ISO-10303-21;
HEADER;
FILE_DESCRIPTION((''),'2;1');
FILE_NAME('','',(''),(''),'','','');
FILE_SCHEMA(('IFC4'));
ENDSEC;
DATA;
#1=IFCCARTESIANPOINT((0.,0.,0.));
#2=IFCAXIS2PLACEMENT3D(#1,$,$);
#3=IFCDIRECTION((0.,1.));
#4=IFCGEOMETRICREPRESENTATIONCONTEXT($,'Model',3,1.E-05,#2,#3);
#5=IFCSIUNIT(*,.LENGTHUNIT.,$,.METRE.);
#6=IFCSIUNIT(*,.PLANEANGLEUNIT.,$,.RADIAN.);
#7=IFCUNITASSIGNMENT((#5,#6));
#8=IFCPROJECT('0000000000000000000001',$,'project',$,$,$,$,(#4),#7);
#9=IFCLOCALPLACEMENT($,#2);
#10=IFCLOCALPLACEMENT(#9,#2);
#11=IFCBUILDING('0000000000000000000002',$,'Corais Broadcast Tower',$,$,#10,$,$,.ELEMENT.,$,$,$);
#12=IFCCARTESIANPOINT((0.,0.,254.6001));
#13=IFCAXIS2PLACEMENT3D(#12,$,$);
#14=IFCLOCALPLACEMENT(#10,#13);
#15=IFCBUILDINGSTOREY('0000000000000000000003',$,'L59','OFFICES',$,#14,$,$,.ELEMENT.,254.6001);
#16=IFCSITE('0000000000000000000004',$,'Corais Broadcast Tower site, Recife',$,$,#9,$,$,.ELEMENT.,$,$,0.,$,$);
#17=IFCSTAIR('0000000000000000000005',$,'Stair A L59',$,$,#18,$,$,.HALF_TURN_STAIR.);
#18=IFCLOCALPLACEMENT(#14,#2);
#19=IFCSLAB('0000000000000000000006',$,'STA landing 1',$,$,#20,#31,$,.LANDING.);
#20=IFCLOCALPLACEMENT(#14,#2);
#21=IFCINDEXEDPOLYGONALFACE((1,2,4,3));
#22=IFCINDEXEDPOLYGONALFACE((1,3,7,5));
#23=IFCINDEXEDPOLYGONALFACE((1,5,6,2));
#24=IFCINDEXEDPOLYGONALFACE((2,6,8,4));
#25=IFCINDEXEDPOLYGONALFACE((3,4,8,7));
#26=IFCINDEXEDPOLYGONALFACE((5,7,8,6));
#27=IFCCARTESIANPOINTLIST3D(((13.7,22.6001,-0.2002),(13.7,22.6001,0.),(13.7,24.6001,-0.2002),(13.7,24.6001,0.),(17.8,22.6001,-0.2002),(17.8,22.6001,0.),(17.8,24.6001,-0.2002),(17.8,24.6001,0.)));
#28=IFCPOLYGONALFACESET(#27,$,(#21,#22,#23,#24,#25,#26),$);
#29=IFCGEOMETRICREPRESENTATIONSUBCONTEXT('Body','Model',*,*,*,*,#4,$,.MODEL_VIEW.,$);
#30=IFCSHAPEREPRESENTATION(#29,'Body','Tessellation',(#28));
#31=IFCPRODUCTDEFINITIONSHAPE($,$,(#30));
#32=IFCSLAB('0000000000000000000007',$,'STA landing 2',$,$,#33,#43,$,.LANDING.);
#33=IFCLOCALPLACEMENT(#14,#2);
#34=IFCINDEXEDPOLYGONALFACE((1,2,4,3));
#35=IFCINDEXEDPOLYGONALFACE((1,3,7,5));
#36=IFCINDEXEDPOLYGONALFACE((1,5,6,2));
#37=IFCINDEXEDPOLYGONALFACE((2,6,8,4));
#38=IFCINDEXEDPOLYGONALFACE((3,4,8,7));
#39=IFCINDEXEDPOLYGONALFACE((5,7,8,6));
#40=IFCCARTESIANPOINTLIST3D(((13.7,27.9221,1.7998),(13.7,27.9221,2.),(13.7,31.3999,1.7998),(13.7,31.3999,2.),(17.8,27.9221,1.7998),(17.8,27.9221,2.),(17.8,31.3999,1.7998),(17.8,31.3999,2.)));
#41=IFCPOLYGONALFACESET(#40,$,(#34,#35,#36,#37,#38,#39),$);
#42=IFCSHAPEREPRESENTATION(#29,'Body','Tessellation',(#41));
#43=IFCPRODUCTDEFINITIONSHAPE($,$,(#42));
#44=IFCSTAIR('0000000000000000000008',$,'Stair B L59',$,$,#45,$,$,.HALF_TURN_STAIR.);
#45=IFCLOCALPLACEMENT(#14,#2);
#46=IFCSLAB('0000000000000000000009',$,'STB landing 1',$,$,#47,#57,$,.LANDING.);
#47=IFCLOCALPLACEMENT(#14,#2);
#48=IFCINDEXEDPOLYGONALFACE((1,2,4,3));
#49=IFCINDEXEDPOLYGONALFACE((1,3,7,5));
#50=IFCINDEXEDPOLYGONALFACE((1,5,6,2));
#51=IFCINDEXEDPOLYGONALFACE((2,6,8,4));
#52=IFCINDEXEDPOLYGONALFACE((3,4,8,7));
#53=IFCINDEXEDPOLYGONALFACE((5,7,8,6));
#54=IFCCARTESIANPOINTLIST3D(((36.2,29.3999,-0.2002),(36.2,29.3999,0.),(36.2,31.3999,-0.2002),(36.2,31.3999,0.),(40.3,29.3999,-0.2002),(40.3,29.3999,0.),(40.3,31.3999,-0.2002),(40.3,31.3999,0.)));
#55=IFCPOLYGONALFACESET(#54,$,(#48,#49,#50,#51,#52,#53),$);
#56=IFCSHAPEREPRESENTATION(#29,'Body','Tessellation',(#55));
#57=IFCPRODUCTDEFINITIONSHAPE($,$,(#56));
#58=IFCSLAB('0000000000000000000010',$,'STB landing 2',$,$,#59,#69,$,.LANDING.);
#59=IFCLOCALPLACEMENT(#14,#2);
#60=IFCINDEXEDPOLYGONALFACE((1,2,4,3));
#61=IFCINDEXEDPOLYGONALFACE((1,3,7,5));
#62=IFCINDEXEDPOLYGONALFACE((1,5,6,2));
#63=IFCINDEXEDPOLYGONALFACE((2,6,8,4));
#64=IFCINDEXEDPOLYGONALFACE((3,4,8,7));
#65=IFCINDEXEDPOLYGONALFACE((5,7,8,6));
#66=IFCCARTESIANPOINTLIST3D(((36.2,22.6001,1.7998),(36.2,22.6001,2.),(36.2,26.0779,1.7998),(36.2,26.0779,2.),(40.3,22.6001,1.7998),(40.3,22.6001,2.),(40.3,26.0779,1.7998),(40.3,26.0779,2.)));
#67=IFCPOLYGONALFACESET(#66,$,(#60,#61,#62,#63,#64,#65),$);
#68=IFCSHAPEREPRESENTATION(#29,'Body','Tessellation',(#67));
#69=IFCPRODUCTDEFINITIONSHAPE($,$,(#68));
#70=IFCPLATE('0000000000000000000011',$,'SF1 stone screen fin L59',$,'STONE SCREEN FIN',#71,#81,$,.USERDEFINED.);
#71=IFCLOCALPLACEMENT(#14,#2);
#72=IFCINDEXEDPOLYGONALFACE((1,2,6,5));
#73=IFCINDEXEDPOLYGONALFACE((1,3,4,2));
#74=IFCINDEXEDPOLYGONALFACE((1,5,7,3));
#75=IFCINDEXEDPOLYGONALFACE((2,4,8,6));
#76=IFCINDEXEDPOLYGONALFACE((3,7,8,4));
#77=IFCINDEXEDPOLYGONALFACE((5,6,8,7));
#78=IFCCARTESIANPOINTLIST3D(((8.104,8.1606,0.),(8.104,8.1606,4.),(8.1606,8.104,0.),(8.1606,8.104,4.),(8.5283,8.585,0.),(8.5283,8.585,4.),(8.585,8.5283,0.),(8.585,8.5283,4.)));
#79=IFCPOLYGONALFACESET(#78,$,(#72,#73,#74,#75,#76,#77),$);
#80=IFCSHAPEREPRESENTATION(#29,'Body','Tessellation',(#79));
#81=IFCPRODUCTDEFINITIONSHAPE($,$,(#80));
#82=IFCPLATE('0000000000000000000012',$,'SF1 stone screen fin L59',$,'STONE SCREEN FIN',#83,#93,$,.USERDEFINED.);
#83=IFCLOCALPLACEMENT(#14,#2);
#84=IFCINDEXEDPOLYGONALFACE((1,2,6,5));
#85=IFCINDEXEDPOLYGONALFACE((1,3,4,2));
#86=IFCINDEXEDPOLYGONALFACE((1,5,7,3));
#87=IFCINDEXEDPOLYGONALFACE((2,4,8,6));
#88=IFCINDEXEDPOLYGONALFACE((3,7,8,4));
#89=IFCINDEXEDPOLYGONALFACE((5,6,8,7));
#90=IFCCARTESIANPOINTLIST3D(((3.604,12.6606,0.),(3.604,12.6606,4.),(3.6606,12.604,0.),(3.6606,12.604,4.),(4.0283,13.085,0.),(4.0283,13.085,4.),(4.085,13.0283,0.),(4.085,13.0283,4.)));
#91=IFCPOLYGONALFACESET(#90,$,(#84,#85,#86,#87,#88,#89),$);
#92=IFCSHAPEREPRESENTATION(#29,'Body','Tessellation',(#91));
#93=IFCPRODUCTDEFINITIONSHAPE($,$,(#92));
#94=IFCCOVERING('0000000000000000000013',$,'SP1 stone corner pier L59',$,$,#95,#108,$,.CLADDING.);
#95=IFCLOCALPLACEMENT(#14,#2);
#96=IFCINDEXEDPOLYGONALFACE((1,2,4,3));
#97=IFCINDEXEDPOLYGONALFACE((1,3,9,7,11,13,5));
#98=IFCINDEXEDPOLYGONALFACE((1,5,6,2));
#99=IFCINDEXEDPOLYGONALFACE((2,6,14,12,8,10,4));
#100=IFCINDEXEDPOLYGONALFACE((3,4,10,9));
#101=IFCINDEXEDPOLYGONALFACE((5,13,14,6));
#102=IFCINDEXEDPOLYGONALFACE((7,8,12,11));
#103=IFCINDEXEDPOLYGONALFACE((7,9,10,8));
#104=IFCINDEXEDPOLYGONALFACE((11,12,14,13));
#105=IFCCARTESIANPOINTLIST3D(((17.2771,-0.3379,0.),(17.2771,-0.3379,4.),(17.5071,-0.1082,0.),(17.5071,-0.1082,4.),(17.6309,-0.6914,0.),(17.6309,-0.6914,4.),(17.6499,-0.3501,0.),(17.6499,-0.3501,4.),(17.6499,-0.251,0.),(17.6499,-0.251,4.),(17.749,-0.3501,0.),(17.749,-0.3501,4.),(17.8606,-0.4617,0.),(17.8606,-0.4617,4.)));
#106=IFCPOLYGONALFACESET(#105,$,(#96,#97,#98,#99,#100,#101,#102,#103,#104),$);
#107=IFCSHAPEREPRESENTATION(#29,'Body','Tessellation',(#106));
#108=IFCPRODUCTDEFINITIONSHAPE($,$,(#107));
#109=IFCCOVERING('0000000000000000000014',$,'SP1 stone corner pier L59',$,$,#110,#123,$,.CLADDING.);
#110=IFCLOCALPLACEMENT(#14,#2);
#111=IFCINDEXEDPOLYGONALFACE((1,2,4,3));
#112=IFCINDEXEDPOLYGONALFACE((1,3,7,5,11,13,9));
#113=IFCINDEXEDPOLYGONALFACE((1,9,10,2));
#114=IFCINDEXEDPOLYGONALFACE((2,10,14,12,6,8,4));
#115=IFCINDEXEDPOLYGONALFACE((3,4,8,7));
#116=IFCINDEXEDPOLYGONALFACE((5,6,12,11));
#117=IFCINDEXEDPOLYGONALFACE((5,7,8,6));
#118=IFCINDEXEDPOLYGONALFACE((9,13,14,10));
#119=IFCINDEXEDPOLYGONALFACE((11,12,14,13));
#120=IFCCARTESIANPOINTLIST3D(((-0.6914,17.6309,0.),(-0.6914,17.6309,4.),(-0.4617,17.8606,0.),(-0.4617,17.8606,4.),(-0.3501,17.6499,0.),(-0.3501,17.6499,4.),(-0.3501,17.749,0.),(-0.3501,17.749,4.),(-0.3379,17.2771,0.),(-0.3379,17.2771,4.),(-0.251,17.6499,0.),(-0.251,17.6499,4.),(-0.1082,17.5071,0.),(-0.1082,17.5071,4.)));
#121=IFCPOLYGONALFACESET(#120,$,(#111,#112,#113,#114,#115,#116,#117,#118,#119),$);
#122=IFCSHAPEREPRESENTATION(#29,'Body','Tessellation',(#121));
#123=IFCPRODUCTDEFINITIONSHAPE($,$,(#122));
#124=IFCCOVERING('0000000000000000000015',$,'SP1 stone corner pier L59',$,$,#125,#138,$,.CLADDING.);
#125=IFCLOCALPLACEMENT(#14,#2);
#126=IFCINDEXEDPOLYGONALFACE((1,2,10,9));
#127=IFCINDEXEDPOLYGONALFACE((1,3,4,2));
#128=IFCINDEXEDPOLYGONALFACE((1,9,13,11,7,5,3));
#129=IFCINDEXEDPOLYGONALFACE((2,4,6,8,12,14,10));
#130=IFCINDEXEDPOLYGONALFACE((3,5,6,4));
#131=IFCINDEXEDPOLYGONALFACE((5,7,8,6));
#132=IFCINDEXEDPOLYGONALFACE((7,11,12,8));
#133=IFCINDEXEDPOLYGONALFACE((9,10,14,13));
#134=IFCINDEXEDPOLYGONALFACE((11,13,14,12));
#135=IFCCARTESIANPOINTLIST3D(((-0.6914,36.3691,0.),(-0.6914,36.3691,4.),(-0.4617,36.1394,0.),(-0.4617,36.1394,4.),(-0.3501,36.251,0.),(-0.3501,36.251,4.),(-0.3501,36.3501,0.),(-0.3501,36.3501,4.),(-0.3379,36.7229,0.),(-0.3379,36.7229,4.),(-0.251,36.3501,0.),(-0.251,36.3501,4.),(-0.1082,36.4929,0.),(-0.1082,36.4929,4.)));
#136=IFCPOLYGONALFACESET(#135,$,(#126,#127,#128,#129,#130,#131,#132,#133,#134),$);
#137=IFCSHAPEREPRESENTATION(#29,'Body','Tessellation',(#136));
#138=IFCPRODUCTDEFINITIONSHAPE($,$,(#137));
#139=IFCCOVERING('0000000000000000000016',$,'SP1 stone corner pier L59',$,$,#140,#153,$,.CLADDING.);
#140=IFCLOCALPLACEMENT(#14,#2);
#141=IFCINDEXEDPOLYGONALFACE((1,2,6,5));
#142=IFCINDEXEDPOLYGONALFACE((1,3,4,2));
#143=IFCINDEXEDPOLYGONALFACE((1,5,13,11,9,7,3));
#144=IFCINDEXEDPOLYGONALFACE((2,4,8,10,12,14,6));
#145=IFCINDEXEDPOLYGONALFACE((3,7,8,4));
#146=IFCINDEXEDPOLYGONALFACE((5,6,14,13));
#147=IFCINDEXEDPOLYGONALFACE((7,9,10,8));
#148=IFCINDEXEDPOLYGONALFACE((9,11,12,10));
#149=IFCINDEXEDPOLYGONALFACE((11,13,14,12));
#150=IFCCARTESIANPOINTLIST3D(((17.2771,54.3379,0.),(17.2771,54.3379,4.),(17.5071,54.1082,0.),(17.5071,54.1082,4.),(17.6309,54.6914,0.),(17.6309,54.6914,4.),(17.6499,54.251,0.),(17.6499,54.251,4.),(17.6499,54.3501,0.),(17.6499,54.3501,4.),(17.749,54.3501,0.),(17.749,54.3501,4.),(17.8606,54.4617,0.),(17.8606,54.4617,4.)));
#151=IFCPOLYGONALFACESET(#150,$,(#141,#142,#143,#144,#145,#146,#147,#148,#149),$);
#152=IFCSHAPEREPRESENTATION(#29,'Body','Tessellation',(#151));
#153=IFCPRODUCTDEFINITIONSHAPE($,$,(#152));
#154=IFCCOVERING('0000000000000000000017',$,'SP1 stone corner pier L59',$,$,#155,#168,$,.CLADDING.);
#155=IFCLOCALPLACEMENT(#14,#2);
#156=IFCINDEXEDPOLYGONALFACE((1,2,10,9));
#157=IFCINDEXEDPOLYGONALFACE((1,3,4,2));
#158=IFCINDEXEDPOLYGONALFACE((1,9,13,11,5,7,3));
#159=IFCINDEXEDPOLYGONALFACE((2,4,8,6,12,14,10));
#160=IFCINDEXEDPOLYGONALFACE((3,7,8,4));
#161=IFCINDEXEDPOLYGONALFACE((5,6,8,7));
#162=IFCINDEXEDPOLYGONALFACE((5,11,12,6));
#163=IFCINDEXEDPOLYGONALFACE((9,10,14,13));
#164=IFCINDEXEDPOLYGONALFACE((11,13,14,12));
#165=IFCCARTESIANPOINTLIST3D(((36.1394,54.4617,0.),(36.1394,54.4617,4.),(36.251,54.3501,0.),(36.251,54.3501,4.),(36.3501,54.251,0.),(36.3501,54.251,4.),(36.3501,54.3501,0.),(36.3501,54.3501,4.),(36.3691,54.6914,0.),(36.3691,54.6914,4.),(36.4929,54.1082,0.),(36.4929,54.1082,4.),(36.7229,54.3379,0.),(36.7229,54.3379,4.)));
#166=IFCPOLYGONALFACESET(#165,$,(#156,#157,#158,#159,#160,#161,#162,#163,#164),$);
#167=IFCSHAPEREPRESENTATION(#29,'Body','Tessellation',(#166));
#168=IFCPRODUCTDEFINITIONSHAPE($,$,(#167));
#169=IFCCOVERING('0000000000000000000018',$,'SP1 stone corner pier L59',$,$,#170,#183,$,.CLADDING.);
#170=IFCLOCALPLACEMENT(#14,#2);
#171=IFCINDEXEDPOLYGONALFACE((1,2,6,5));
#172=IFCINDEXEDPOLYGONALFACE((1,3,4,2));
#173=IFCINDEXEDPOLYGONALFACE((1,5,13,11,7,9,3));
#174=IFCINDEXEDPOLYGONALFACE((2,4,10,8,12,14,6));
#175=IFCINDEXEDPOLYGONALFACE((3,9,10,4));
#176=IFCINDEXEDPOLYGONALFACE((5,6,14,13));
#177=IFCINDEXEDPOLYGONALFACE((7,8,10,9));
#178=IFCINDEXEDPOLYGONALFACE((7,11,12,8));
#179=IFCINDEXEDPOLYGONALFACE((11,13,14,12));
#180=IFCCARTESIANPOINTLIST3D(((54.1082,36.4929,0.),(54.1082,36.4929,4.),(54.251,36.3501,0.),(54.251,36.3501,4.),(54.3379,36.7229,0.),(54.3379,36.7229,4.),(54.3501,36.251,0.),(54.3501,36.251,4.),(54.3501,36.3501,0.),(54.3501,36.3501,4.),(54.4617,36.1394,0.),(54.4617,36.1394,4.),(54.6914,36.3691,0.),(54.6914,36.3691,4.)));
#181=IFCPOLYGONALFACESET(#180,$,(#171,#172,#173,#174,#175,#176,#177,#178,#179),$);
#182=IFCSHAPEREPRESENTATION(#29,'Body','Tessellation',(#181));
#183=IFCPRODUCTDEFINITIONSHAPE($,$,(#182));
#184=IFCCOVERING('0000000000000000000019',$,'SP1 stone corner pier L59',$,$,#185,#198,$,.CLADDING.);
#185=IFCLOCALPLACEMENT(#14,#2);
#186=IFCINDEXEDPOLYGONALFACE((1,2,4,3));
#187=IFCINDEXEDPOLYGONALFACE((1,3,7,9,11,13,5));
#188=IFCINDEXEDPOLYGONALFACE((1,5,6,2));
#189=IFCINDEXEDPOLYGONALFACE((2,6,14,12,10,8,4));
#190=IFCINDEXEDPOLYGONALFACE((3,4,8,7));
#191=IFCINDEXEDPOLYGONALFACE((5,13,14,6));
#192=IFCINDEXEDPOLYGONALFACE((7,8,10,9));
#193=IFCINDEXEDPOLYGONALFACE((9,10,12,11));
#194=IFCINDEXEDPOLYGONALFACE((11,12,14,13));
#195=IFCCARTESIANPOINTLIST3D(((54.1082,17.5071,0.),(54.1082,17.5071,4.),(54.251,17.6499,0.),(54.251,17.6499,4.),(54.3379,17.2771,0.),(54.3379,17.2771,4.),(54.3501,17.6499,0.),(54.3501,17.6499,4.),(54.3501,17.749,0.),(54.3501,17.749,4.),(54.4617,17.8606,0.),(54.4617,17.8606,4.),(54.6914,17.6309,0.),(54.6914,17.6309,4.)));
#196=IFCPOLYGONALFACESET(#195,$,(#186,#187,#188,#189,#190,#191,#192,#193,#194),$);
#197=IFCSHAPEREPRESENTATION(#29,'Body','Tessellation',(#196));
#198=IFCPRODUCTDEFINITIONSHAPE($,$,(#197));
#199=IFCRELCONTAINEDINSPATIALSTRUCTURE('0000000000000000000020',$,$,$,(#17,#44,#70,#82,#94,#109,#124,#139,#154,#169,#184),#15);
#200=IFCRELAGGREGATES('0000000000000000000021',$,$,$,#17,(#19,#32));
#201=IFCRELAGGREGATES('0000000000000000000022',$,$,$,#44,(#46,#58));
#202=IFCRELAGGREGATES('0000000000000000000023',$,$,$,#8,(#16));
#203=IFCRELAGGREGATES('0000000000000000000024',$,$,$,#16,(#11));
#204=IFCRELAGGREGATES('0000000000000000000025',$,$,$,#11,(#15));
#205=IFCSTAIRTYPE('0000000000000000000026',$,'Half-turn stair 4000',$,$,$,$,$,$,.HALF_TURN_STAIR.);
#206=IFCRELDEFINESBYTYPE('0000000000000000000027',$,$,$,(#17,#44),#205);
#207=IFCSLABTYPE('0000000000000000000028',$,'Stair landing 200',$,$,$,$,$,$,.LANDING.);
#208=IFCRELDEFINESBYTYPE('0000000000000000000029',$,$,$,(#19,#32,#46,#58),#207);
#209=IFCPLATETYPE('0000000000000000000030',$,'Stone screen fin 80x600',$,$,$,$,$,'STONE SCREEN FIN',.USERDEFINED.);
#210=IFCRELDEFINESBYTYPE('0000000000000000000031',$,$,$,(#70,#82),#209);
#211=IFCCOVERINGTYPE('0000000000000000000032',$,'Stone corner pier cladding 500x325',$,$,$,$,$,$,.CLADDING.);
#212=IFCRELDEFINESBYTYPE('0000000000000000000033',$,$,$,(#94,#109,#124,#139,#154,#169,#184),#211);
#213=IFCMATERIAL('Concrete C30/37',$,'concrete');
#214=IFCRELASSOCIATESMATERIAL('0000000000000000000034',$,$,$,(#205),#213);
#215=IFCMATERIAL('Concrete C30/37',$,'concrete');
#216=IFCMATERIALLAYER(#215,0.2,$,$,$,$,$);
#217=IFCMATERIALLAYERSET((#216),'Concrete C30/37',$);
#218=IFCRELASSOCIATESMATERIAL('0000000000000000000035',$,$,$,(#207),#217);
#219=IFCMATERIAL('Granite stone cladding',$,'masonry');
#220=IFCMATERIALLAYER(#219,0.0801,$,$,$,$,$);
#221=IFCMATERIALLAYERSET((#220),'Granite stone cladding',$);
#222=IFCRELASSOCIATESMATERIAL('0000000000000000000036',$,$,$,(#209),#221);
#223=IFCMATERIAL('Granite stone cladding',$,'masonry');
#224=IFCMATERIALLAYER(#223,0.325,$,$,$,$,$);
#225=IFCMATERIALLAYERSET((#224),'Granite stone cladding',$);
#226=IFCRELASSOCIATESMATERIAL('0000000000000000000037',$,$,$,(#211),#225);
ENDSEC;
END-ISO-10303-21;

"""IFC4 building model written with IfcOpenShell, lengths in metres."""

from ifc_helpers import new_model, si_unit, direction, frame, origin, origin_2d, place, context, subcontext, project, spatial, polyline, rectangle, outline, extrude, material, layer, layer_set, type_object, element, aggregate, save


model = new_model("IFC4")

# Units and contexts
model_context = context("Model", 3, precision=1e-05, world=origin(), true_north=direction((0.0, 1.0)))
body_context = subcontext(model_context, "Body", "Model", "MODEL_VIEW")
ifc_project = project(units=[si_unit("LENGTHUNIT", "METRE"), si_unit("PLANEANGLEUNIT", "RADIAN")], contexts=[model_context])

# Site, building, storey
site_placement = place(None, origin())
site = spatial("IfcSite", under=ifc_project, at=site_placement, Name="Corais Broadcast Tower site, Recife", CompositionType="ELEMENT", RefElevation=0.0)
building_placement = place(site_placement, origin())
building = spatial("IfcBuilding", under=site, at=building_placement, Name="Corais Broadcast Tower", CompositionType="ELEMENT")
storey_placement = place(building_placement, frame((0.0, 0.0, 254.6001)))
storey = spatial("IfcBuildingStorey", under=building, at=storey_placement, Name="L59", Description="OFFICES", CompositionType="ELEMENT", Elevation=254.6001)

# Stairs, slabs
ifc_material_1 = material(Name="Concrete C30/37", Category="concrete")
stair_type = type_object("IfcStairType", Name="Half-turn stair 4000", PredefinedType="HALF_TURN_STAIR", material=ifc_material_1)
stair_1_placement = place(storey_placement, origin())
stair_1 = element("IfcStair", 1, at=stair_1_placement, inside=storey, type_object=stair_type, Name="Stair A L59", PredefinedType="HALF_TURN_STAIR")
ifc_material_2 = material(Name="Concrete C30/37", Category="concrete")
ifc_layer_1 = layer(ifc_material_2, 0.2)
ifc_layer_set_1 = layer_set([ifc_layer_1], Name="Concrete C30/37")
slab_type_1 = type_object("IfcSlabType", Name="Stair landing 200", PredefinedType="LANDING", material=ifc_layer_set_1)
slab_1_placement = place(storey_placement, frame((0.0, 0.0, -0.2002)))
slab_1 = element("IfcSlab", 2, at=slab_1_placement, type_object=slab_type_1, Name="STA landing 1", PredefinedType="LANDING", context=body_context, shape_type="SweptSolid", body=[
    extrude(outline(polyline([(13.7, 22.6001), (17.8, 22.6001), (17.8, 24.6001), (13.7, 24.6001), (13.7, 22.6001)])), origin(), (0.0, 0.0, 1.0), 0.2002),
])
slab_2_placement = place(storey_placement, frame((0.0, 0.0, 1.7998)))
slab_2 = element("IfcSlab", 3, at=slab_2_placement, type_object=slab_type_1, Name="STA landing 2", PredefinedType="LANDING", context=body_context, shape_type="SweptSolid", body=[
    extrude(outline(polyline([(13.7, 27.9221), (17.8, 27.9221), (17.8, 31.3999), (13.7, 31.3999), (13.7, 27.9221)])), origin(), (0.0, 0.0, 1.0), 0.2002),
])
aggregate(stair_1, [slab_1, slab_2])
stair_2_placement = place(storey_placement, origin())
stair_2 = element("IfcStair", 4, at=stair_2_placement, inside=storey, type_object=stair_type, Name="Stair B L59", PredefinedType="HALF_TURN_STAIR")
slab_3_placement = place(storey_placement, frame((0.0, 0.0, -0.2002)))
slab_3 = element("IfcSlab", 5, at=slab_3_placement, type_object=slab_type_1, Name="STB landing 1", PredefinedType="LANDING", context=body_context, shape_type="SweptSolid", body=[
    extrude(outline(polyline([(36.2, 29.3999), (40.3, 29.3999), (40.3, 31.3999), (36.2, 31.3999), (36.2, 29.3999)])), origin(), (0.0, 0.0, 1.0), 0.2002),
])
slab_4_placement = place(storey_placement, frame((0.0, 0.0, 1.7998)))
slab_4 = element("IfcSlab", 6, at=slab_4_placement, type_object=slab_type_1, Name="STB landing 2", PredefinedType="LANDING", context=body_context, shape_type="SweptSolid", body=[
    extrude(outline(polyline([(36.2, 22.6001), (40.3, 22.6001), (40.3, 26.0779), (36.2, 26.0779), (36.2, 22.6001)])), origin(), (0.0, 0.0, 1.0), 0.2002),
])
aggregate(stair_2, [slab_3, slab_4])

# Plates
ifc_material_3 = material(Name="Granite stone cladding", Category="masonry")
ifc_layer_2 = layer(ifc_material_3, 0.0801)
ifc_layer_set_2 = layer_set([ifc_layer_2], Name="Granite stone cladding")
plate_type_1 = type_object("IfcPlateType", Name="Stone screen fin 80x600", ElementType="STONE SCREEN FIN", PredefinedType="USERDEFINED", material=ifc_layer_set_2)
for number, where, z_axis, x_axis, name in (
    (7, (8.3445, 8.3445, 0.0), (0.0, 0.0, 1.0), (-0.707107, 0.707107, 0.0), "SF1 stone screen fin L59"),
    (8, (3.8445, 12.8445, 0.0), (0.0, 0.0, 1.0), (-0.707107, 0.707107, 0.0), "SF1 stone screen fin L59"),
):
    element("IfcPlate", number, at=place(storey_placement, frame(where, z_axis=z_axis, x_axis=x_axis)), inside=storey, type_object=plate_type_1, Name=name, ObjectType="STONE SCREEN FIN", PredefinedType="USERDEFINED", context=body_context, shape_type="SweptSolid", body=[
        extrude(rectangle(XDim=0.0801, YDim=0.6001, at=origin_2d()), origin(), (0.0, 0.0, 1.0), 4.0),
    ])

# Coverings
ifc_material_4 = material(Name="Granite stone cladding", Category="masonry")
ifc_layer_3 = layer(ifc_material_4, 0.325)
ifc_layer_set_3 = layer_set([ifc_layer_3], Name="Granite stone cladding")
covering_type_1 = type_object("IfcCoveringType", Name="Stone corner pier cladding 500x325", PredefinedType="CLADDING", material=ifc_layer_set_3)
covering_1_placement = place(storey_placement, origin())
element("IfcCovering", 9, at=covering_1_placement, inside=storey, type_object=covering_type_1, Name="SP1 stone corner pier L59", PredefinedType="CLADDING", context=body_context, shape_type="SweptSolid", body=[
    extrude(outline(polyline([(17.8606, -0.4617), (17.749, -0.3501), (17.6499, -0.3501), (17.6499, -0.251), (17.5071, -0.1082), (17.2771, -0.3379), (17.6309, -0.6914), (17.8606, -0.4617)])), origin(), (0.0, 0.0, 1.0), 4.0),
])
covering_2_placement = place(storey_placement, origin())
element("IfcCovering", 10, at=covering_2_placement, inside=storey, type_object=covering_type_1, Name="SP1 stone corner pier L59", PredefinedType="CLADDING", context=body_context, shape_type="SweptSolid", body=[
    extrude(outline(polyline([(-0.3501, 17.749), (-0.4617, 17.8606), (-0.6914, 17.6309), (-0.3379, 17.2771), (-0.1082, 17.5071), (-0.251, 17.6499), (-0.3501, 17.6499), (-0.3501, 17.749)])), origin(), (0.0, 0.0, 1.0), 4.0),
])
covering_3_placement = place(storey_placement, origin())
element("IfcCovering", 11, at=covering_3_placement, inside=storey, type_object=covering_type_1, Name="SP1 stone corner pier L59", PredefinedType="CLADDING", context=body_context, shape_type="SweptSolid", body=[
    extrude(outline(polyline([(-0.4617, 36.1394), (-0.3501, 36.251), (-0.3501, 36.3501), (-0.251, 36.3501), (-0.1082, 36.4929), (-0.3379, 36.7229), (-0.6914, 36.3691), (-0.4617, 36.1394)])), origin(), (0.0, 0.0, 1.0), 4.0),
])
covering_4_placement = place(storey_placement, origin())
element("IfcCovering", 12, at=covering_4_placement, inside=storey, type_object=covering_type_1, Name="SP1 stone corner pier L59", PredefinedType="CLADDING", context=body_context, shape_type="SweptSolid", body=[
    extrude(outline(polyline([(17.749, 54.3501), (17.8606, 54.4617), (17.6309, 54.6914), (17.2771, 54.3379), (17.5071, 54.1082), (17.6499, 54.251), (17.6499, 54.3501), (17.749, 54.3501)])), origin(), (0.0, 0.0, 1.0), 4.0),
])
covering_5_placement = place(storey_placement, origin())
element("IfcCovering", 13, at=covering_5_placement, inside=storey, type_object=covering_type_1, Name="SP1 stone corner pier L59", PredefinedType="CLADDING", context=body_context, shape_type="SweptSolid", body=[
    extrude(outline(polyline([(36.1394, 54.4617), (36.251, 54.3501), (36.3501, 54.3501), (36.3501, 54.251), (36.4929, 54.1082), (36.7229, 54.3379), (36.3691, 54.6914), (36.1394, 54.4617)])), origin(), (0.0, 0.0, 1.0), 4.0),
])
covering_6_placement = place(storey_placement, origin())
element("IfcCovering", 14, at=covering_6_placement, inside=storey, type_object=covering_type_1, Name="SP1 stone corner pier L59", PredefinedType="CLADDING", context=body_context, shape_type="SweptSolid", body=[
    extrude(outline(polyline([(54.3501, 36.251), (54.4617, 36.1394), (54.6914, 36.3691), (54.3379, 36.7229), (54.1082, 36.4929), (54.251, 36.3501), (54.3501, 36.3501), (54.3501, 36.251)])), origin(), (0.0, 0.0, 1.0), 4.0),
])
covering_7_placement = place(storey_placement, origin())
element("IfcCovering", 15, at=covering_7_placement, inside=storey, type_object=covering_type_1, Name="SP1 stone corner pier L59", PredefinedType="CLADDING", context=body_context, shape_type="SweptSolid", body=[
    extrude(outline(polyline([(54.4617, 17.8606), (54.3501, 17.749), (54.3501, 17.6499), (54.251, 17.6499), (54.1082, 17.5071), (54.3379, 17.2771), (54.6914, 17.6309), (54.4617, 17.8606)])), origin(), (0.0, 0.0, 1.0), 4.0),
])

save(model, "model.ifc")
